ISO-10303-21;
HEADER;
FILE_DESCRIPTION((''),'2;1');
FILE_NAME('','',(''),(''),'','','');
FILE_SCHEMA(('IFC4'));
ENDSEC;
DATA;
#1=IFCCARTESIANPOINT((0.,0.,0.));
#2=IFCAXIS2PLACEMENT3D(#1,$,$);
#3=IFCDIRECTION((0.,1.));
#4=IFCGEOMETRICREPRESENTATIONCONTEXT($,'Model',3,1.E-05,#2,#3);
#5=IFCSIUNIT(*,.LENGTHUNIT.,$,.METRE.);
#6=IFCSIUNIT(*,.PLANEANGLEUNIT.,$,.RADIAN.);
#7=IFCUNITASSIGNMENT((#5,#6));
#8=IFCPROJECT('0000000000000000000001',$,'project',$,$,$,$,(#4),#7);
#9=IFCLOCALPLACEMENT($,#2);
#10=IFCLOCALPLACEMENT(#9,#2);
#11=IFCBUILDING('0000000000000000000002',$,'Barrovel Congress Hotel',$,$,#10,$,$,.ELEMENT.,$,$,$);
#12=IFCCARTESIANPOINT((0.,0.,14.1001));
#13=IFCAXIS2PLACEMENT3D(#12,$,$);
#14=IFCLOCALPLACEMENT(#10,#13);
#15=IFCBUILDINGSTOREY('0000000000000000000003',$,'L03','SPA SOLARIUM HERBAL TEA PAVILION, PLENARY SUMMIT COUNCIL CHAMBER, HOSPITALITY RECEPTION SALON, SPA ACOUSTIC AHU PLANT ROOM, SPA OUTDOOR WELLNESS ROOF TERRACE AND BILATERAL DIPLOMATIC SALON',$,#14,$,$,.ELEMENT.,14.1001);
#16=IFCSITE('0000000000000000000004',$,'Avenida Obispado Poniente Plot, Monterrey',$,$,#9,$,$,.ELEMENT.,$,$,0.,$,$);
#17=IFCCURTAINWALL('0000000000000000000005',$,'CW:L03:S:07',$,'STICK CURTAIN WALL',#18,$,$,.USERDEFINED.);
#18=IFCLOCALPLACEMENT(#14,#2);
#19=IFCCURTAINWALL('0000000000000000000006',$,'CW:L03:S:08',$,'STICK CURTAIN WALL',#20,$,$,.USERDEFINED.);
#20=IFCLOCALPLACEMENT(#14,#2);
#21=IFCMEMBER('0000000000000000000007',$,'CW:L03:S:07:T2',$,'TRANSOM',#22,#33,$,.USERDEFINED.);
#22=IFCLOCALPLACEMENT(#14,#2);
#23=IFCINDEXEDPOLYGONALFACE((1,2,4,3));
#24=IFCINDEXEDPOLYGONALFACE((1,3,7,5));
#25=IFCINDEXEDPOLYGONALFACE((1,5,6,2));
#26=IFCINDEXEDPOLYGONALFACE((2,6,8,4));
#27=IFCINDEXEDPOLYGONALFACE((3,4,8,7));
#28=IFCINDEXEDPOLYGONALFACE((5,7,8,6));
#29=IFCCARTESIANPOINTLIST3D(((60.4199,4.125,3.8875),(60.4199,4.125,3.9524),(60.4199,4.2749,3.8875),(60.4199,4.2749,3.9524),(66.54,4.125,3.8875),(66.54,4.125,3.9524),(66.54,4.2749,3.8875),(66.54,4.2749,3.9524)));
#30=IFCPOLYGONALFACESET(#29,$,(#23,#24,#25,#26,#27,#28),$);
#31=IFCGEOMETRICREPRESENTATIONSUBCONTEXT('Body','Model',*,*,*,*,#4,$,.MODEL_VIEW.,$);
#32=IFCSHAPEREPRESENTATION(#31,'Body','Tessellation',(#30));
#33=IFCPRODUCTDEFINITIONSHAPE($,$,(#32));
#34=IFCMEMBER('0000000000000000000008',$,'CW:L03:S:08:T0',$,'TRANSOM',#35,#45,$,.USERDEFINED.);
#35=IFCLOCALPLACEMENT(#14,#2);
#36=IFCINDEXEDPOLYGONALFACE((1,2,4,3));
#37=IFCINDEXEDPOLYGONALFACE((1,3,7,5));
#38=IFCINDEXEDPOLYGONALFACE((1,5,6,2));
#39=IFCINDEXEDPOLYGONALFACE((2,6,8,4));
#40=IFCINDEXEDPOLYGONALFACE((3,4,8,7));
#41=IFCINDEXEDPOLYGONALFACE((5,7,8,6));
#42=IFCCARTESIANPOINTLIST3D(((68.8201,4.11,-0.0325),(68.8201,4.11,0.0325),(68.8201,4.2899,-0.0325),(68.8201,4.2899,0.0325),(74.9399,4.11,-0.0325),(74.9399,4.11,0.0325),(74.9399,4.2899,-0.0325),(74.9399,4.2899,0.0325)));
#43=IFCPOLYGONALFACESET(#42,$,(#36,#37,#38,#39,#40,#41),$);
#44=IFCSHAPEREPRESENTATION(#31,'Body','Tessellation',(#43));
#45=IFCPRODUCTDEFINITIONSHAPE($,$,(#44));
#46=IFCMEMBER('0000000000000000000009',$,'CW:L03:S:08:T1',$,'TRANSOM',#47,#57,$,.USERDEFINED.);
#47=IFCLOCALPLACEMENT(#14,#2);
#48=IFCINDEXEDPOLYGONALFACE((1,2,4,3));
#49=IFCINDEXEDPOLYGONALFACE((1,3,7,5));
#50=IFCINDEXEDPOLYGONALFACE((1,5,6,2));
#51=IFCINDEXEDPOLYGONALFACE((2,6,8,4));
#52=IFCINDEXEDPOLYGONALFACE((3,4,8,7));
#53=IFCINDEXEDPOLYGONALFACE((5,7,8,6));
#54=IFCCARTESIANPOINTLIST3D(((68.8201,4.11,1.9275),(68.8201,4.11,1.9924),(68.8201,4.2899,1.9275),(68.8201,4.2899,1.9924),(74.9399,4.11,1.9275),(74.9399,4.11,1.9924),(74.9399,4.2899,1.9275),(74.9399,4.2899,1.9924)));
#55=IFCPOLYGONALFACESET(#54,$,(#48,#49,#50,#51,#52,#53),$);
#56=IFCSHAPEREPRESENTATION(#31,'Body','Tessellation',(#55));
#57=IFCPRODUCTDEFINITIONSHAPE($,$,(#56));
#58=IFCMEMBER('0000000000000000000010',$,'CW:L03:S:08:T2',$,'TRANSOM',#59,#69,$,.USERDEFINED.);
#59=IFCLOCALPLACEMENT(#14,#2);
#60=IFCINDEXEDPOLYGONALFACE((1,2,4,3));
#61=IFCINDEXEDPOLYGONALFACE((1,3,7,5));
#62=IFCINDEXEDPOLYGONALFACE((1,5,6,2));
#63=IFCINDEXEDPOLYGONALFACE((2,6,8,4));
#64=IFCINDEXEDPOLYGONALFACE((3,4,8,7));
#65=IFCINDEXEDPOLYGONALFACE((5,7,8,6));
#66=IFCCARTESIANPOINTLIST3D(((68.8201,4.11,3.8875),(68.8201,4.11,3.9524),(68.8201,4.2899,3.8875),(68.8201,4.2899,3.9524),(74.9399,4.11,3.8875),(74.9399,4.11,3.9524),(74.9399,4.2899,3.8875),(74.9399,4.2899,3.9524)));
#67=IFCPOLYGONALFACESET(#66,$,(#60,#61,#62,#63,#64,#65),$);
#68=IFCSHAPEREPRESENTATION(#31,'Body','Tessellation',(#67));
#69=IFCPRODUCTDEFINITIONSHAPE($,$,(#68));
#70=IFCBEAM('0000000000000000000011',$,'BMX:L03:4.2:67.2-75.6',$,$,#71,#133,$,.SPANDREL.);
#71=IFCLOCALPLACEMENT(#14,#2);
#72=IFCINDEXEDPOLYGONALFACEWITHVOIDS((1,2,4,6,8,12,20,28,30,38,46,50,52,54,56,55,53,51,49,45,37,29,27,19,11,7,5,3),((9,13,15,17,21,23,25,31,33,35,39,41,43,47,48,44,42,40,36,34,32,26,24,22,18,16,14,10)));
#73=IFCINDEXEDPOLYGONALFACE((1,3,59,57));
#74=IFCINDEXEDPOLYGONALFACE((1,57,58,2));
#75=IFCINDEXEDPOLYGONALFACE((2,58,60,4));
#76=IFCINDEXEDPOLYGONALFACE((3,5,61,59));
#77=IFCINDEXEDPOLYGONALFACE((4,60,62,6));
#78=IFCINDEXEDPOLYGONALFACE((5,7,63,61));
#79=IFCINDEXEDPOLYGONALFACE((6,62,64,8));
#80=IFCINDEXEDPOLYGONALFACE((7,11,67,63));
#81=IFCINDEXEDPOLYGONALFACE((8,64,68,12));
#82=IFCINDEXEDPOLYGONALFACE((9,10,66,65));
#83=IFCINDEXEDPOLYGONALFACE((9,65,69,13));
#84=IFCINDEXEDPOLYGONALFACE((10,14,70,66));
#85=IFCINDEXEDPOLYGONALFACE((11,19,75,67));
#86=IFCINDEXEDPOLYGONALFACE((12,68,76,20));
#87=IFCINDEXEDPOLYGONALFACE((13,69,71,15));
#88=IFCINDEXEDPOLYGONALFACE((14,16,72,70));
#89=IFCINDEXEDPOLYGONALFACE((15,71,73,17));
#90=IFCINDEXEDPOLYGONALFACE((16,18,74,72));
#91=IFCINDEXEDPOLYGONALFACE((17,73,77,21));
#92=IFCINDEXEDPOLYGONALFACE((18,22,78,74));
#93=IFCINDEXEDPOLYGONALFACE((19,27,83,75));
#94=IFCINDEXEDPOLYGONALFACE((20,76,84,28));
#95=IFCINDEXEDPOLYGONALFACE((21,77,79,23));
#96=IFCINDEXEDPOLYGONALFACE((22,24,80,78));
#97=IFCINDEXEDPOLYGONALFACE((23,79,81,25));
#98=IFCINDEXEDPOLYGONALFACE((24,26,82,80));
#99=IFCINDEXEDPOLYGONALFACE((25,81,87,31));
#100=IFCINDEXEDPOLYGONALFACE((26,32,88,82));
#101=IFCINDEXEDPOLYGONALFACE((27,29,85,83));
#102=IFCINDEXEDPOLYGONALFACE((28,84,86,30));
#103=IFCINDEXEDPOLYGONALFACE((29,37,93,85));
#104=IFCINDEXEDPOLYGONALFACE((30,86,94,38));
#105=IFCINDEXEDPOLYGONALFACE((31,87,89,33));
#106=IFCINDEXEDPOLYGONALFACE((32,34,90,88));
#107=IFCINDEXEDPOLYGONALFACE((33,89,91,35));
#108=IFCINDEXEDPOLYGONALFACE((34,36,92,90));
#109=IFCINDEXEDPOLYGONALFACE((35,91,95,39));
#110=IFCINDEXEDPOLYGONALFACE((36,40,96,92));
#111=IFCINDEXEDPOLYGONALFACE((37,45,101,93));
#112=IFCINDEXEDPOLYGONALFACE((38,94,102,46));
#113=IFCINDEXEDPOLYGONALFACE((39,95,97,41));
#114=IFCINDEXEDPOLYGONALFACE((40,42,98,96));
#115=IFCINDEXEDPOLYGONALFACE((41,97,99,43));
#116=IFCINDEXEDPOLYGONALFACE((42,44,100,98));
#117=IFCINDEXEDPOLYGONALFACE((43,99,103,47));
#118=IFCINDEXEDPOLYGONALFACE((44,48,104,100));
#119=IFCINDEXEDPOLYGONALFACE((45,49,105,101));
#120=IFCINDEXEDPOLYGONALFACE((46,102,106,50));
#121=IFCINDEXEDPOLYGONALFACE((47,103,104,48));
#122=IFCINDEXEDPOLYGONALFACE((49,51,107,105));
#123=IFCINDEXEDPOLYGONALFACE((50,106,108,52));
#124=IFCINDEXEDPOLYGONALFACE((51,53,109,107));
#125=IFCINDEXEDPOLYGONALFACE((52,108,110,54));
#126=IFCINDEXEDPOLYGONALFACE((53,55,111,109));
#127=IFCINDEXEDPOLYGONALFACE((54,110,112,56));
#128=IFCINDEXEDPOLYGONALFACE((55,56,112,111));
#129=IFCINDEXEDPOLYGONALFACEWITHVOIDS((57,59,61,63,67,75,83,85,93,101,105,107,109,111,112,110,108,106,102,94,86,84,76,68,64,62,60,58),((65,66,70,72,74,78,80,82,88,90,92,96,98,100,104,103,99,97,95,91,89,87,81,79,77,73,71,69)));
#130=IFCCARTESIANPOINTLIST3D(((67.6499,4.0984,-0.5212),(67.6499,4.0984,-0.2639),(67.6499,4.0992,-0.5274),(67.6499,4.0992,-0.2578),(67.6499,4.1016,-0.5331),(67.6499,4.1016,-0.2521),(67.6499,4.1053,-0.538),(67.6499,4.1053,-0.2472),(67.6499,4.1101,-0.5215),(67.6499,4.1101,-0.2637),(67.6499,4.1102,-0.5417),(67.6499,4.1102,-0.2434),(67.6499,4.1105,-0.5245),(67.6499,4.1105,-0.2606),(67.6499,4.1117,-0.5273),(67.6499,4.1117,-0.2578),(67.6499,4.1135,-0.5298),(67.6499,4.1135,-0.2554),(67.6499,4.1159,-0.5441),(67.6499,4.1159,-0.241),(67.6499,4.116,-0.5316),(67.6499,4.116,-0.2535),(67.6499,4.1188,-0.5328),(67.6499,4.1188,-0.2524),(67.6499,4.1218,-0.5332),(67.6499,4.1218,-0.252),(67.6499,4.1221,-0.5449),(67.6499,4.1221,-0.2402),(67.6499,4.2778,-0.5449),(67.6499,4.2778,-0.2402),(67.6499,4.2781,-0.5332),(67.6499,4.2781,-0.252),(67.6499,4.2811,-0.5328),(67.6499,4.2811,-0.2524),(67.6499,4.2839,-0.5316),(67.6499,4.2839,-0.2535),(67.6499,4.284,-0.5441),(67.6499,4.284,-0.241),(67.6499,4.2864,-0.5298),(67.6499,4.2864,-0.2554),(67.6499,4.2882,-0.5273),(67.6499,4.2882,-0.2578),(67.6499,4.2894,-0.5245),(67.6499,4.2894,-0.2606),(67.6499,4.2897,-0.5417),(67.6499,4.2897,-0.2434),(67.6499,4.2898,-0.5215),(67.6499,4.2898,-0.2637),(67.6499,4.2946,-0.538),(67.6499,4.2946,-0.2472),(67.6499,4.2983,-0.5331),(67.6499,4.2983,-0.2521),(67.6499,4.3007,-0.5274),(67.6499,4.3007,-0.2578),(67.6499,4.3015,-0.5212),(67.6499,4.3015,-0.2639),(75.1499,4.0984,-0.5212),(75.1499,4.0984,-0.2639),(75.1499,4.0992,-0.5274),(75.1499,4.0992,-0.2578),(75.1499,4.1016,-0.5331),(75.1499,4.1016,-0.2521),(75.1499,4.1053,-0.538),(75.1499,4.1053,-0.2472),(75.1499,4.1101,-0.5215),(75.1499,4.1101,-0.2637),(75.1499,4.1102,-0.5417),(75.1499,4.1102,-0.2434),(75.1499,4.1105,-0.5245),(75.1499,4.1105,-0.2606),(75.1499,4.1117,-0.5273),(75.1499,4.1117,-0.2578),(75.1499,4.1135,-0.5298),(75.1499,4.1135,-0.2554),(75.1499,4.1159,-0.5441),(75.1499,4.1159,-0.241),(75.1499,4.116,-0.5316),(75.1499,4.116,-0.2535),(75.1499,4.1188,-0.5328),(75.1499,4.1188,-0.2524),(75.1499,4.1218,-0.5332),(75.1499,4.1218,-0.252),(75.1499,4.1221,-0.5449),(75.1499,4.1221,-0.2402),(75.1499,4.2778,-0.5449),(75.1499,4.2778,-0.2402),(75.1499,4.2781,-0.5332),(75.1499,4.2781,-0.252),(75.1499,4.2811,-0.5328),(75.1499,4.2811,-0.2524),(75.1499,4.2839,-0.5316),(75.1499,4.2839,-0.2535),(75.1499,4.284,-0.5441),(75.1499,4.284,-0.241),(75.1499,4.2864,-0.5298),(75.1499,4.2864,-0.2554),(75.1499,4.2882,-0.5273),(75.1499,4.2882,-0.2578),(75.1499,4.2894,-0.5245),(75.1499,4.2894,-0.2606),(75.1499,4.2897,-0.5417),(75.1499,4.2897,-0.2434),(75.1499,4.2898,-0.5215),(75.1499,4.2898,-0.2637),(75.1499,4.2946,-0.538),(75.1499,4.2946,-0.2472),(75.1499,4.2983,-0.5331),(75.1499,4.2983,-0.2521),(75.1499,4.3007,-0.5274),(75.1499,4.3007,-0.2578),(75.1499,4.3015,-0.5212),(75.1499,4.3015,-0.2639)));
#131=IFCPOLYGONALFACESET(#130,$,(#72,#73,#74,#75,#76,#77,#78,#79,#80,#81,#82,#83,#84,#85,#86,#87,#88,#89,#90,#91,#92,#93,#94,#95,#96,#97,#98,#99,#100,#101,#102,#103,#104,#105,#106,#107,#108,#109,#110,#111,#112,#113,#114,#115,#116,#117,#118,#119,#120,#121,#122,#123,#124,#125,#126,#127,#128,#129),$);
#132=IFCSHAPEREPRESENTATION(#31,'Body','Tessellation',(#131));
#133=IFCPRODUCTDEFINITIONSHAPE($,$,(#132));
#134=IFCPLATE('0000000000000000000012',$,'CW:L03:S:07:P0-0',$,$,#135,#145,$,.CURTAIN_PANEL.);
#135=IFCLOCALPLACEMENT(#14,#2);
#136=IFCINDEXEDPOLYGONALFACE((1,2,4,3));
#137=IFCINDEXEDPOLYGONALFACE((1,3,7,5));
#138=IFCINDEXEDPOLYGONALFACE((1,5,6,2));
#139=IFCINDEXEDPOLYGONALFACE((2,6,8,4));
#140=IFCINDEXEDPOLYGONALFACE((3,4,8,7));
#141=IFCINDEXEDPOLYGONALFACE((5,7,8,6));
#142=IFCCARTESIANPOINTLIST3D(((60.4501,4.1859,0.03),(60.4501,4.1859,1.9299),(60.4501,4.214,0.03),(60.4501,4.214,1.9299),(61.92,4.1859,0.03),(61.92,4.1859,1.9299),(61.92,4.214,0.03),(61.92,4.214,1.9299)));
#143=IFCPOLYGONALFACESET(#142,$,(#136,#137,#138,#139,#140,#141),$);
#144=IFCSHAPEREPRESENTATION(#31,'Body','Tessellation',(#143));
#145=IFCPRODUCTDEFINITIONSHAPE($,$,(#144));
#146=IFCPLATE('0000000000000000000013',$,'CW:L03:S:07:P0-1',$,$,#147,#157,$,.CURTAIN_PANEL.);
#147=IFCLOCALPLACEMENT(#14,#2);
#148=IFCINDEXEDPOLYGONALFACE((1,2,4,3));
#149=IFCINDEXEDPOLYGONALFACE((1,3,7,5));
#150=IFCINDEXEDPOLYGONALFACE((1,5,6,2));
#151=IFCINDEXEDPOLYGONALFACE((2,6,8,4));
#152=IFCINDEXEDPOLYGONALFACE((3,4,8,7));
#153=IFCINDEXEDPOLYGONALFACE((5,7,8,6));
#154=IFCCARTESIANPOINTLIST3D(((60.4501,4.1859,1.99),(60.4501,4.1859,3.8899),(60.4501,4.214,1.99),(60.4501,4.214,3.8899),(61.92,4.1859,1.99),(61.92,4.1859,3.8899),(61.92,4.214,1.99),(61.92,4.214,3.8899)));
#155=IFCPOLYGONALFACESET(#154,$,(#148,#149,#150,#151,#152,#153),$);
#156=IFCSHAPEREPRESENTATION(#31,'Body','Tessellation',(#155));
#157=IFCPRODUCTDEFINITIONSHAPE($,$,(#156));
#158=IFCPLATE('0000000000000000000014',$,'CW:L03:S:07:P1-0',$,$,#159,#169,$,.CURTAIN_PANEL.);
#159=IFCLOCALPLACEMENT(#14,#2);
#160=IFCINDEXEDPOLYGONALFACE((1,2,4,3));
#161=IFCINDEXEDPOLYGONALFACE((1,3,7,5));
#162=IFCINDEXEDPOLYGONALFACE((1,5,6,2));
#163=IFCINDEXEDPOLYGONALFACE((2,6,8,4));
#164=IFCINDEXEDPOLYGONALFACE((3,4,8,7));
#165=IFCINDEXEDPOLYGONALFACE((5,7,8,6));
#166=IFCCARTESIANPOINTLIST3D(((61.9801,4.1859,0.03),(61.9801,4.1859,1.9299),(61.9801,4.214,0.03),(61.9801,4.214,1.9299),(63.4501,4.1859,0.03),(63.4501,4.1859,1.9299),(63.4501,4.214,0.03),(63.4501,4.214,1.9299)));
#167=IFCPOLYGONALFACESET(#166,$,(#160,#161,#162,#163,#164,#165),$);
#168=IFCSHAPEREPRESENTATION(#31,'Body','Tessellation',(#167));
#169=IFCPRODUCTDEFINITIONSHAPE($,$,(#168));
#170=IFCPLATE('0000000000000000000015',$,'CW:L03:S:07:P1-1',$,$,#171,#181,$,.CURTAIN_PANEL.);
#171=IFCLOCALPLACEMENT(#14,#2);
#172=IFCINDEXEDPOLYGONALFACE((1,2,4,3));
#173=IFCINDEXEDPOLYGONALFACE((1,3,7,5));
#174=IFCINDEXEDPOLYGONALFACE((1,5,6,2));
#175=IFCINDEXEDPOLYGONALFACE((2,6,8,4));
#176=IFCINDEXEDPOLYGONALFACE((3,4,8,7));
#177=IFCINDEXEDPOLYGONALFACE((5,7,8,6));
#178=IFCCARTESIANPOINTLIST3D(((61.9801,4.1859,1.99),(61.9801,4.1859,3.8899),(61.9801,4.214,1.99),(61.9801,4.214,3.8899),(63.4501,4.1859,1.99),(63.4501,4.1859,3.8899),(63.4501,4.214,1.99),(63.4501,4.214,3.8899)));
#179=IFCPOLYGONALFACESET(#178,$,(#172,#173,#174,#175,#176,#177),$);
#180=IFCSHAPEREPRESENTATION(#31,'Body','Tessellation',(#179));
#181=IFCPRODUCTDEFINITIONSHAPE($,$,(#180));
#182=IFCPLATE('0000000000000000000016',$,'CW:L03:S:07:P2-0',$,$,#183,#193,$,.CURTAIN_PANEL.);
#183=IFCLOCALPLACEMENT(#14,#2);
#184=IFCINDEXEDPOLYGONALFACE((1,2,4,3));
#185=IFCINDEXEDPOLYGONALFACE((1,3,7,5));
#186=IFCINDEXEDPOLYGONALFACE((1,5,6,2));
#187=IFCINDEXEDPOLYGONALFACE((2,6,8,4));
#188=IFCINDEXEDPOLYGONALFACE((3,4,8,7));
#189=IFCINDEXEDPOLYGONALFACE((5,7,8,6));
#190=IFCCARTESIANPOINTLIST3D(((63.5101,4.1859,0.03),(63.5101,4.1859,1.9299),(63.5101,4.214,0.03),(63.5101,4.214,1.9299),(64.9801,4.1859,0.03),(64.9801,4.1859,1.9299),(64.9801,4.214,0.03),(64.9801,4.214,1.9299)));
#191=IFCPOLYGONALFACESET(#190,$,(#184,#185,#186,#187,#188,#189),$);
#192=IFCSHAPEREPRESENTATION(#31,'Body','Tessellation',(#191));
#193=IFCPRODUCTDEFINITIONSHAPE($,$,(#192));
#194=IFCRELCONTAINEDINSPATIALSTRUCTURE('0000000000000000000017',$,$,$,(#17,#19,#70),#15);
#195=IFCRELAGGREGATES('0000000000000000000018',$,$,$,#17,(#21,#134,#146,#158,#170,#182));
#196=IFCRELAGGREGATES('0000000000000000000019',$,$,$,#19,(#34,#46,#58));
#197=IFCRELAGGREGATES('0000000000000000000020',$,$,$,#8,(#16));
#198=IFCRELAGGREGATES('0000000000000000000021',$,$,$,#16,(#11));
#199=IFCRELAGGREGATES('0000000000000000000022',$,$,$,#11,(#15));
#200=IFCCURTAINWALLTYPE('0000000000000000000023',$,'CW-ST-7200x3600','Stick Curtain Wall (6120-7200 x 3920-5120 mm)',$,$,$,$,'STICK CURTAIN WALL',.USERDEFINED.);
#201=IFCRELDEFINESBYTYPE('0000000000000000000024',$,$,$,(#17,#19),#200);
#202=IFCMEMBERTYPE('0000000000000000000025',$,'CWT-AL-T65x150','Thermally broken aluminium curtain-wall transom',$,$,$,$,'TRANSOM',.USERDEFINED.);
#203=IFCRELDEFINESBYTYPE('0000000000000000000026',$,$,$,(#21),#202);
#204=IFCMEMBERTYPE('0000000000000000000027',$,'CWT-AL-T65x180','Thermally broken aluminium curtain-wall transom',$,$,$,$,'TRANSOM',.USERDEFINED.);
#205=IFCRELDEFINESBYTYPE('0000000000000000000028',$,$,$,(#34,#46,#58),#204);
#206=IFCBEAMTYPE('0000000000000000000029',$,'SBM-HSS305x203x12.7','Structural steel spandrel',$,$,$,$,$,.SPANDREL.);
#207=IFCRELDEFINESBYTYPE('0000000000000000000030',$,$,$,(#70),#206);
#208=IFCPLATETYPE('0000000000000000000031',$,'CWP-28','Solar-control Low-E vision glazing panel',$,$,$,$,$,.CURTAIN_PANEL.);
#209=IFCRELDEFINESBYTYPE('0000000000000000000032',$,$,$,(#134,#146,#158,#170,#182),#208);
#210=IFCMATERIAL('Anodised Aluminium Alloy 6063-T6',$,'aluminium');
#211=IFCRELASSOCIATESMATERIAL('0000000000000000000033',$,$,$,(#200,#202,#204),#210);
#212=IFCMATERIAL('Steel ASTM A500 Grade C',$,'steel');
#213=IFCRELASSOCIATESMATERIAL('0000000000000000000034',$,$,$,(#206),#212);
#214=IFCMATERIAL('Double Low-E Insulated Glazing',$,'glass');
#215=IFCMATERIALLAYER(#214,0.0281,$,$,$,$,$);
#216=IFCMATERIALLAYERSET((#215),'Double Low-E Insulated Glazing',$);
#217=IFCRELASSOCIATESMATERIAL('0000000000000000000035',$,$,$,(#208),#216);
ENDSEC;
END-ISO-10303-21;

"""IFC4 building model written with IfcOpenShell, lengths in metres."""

from ifc_helpers import new_model, si_unit, direction, frame, origin, origin_2d, place, context, subcontext, project, spatial, rectangle, hollow_rectangle, extrude, material, layer, layer_set, material_profile, profile_set, type_object, element, aggregate, save


model = new_model("IFC4")

# Units and contexts
model_context = context("Model", 3, precision=1e-05, world=origin(), true_north=direction((0.0, 1.0)))
body_context = subcontext(model_context, "Body", "Model", "MODEL_VIEW")
ifc_project = project(units=[si_unit("LENGTHUNIT", "METRE"), si_unit("PLANEANGLEUNIT", "RADIAN")], contexts=[model_context])

# Site, building, storey
site_placement = place(None, origin())
site = spatial("IfcSite", under=ifc_project, at=site_placement, Name="Avenida Obispado Poniente Plot, Monterrey", CompositionType="ELEMENT", RefElevation=0.0)
building_placement = place(site_placement, origin())
building = spatial("IfcBuilding", under=site, at=building_placement, Name="Barrovel Congress Hotel", CompositionType="ELEMENT")
storey_placement = place(building_placement, frame((0.0, 0.0, 14.1001)))
storey = spatial("IfcBuildingStorey", under=building, at=storey_placement, Name="L03", Description="SPA SOLARIUM HERBAL TEA PAVILION, PLENARY SUMMIT COUNCIL CHAMBER, HOSPITALITY RECEPTION SALON, SPA ACOUSTIC AHU PLANT ROOM, SPA OUTDOOR WELLNESS ROOF TERRACE AND BILATERAL DIPLOMATIC SALON", CompositionType="ELEMENT", Elevation=14.1001)

# Curtain walls
ifc_material_1 = material(Name="Anodised Aluminium Alloy 6063-T6", Category="aluminium")
curtain_wall_type = type_object("IfcCurtainWallType", Name="CW-ST-7200x3600", Description="Stick Curtain Wall (6120-7200 x 3920-5120 mm)", ElementType="STICK CURTAIN WALL", PredefinedType="USERDEFINED", material=ifc_material_1)
curtain_wall_1_placement = place(storey_placement, origin())
curtain_wall_1 = element("IfcCurtainWall", 1, at=curtain_wall_1_placement, inside=storey, type_object=curtain_wall_type, Name="CW:L03:S:07", ObjectType="STICK CURTAIN WALL", PredefinedType="USERDEFINED")
curtain_wall_2_placement = place(storey_placement, origin())
curtain_wall_2 = element("IfcCurtainWall", 2, at=curtain_wall_2_placement, inside=storey, type_object=curtain_wall_type, Name="CW:L03:S:08", ObjectType="STICK CURTAIN WALL", PredefinedType="USERDEFINED")

# Members
ifc_material_profile_1 = material_profile(ifc_material_1, rectangle(XDim=0.1499, YDim=0.0649, at=origin_2d()), Name="AL-T65x150")
ifc_profile_set_1 = profile_set([ifc_material_profile_1], Name="Anodised Aluminium Alloy 6063-T6")
member_type_1 = type_object("IfcMemberType", Name="CWT-AL-T65x150", Description="Thermally broken aluminium curtain-wall transom", ElementType="TRANSOM", PredefinedType="USERDEFINED", material=ifc_profile_set_1)
member_1_placement = place(storey_placement, frame((60.4199, 4.2, 3.9199), z_axis=(1.0, 0.0, 0.0), x_axis=(0.0, 1.0, 0.0)))
member_1 = element("IfcMember", 3, at=member_1_placement, type_object=member_type_1, Name="CW:L03:S:07:T2", ObjectType="TRANSOM", PredefinedType="USERDEFINED", context=body_context, shape_type="SweptSolid", body=[
    extrude(rectangle(XDim=0.1499, YDim=0.0649, at=origin_2d()), origin(), (0.0, 0.0, 1.0), 6.1201),
])
ifc_material_profile_2 = material_profile(ifc_material_1, rectangle(XDim=0.1799, YDim=0.0649, at=origin_2d()), Name="AL-T65x180")
ifc_profile_set_2 = profile_set([ifc_material_profile_2], Name="Anodised Aluminium Alloy 6063-T6")
member_type_2 = type_object("IfcMemberType", Name="CWT-AL-T65x180", Description="Thermally broken aluminium curtain-wall transom", ElementType="TRANSOM", PredefinedType="USERDEFINED", material=ifc_profile_set_2)
member_2_placement = place(storey_placement, frame((68.8201, 4.2, 0.0), z_axis=(1.0, 0.0, 0.0), x_axis=(0.0, 1.0, 0.0)))
member_2 = element("IfcMember", 4, at=member_2_placement, type_object=member_type_2, Name="CW:L03:S:08:T0", ObjectType="TRANSOM", PredefinedType="USERDEFINED", context=body_context, shape_type="SweptSolid", body=[
    extrude(rectangle(XDim=0.1799, YDim=0.0649, at=origin_2d()), origin(), (0.0, 0.0, 1.0), 6.1199),
])
member_3_placement = place(storey_placement, frame((68.8201, 4.2, 1.96), z_axis=(1.0, 0.0, 0.0), x_axis=(0.0, 1.0, 0.0)))
member_3 = element("IfcMember", 5, at=member_3_placement, type_object=member_type_2, Name="CW:L03:S:08:T1", ObjectType="TRANSOM", PredefinedType="USERDEFINED", context=body_context, shape_type="SweptSolid", body=[
    extrude(rectangle(XDim=0.1799, YDim=0.0649, at=origin_2d()), origin(), (0.0, 0.0, 1.0), 6.1199),
])
member_4_placement = place(storey_placement, frame((68.8201, 4.2, 3.9199), z_axis=(1.0, 0.0, 0.0), x_axis=(0.0, 1.0, 0.0)))
member_4 = element("IfcMember", 6, at=member_4_placement, type_object=member_type_2, Name="CW:L03:S:08:T2", ObjectType="TRANSOM", PredefinedType="USERDEFINED", context=body_context, shape_type="SweptSolid", body=[
    extrude(rectangle(XDim=0.1799, YDim=0.0649, at=origin_2d()), origin(), (0.0, 0.0, 1.0), 6.1199),
])

# Beam
ifc_material_2 = material(Name="Steel ASTM A500 Grade C", Category="steel")
ifc_material_profile_3 = material_profile(ifc_material_2, hollow_rectangle(XDim=0.2031, YDim=0.3047, WallThickness=0.0117, InnerFilletRadius=0.0117, OuterFilletRadius=0.0237, at=origin_2d()), Name="HSS305x203x12.7")
ifc_profile_set_3 = profile_set([ifc_material_profile_3], Name="Steel ASTM A500 Grade C")
beam_type_1 = type_object("IfcBeamType", Name="SBM-HSS305x203x12.7", Description="Structural steel spandrel", PredefinedType="SPANDREL", material=ifc_profile_set_3)
beam_1_placement = place(storey_placement, frame((67.6499, 4.2, -0.3926), z_axis=(1.0, 0.0, 0.0), x_axis=(0.0, 1.0, 0.0)))
element("IfcBeam", 7, at=beam_1_placement, inside=storey, type_object=beam_type_1, Name="BMX:L03:4.2:67.2-75.6", PredefinedType="SPANDREL", context=body_context, shape_type="SweptSolid", body=[
    extrude(hollow_rectangle(XDim=0.2031, YDim=0.3047, WallThickness=0.0117, InnerFilletRadius=0.0117, OuterFilletRadius=0.0237, at=origin_2d()), origin(), (0.0, 0.0, 1.0), 7.5),
])

# Plates
ifc_material_3 = material(Name="Double Low-E Insulated Glazing", Category="glass")
ifc_layer_1 = layer(ifc_material_3, 0.0281)
ifc_layer_set_1 = layer_set([ifc_layer_1], Name="Double Low-E Insulated Glazing")
plate_type_1 = type_object("IfcPlateType", Name="CWP-28", Description="Solar-control Low-E vision glazing panel", PredefinedType="CURTAIN_PANEL", material=ifc_layer_set_1)
plate_1_placement = place(storey_placement, frame((61.1851, 4.2, 0.03), z_axis=(0.0, 0.0, 1.0), x_axis=(1.0, 0.0, 0.0)))
plate_1 = element("IfcPlate", 8, at=plate_1_placement, type_object=plate_type_1, Name="CW:L03:S:07:P0-0", PredefinedType="CURTAIN_PANEL", context=body_context, shape_type="SweptSolid", body=[
    extrude(rectangle(XDim=1.47, YDim=0.0281, at=origin_2d()), origin(), (0.0, 0.0, 1.0), 1.8999),
])
plate_2_placement = place(storey_placement, frame((61.1851, 4.2, 1.99), z_axis=(0.0, 0.0, 1.0), x_axis=(1.0, 0.0, 0.0)))
plate_2 = element("IfcPlate", 9, at=plate_2_placement, type_object=plate_type_1, Name="CW:L03:S:07:P0-1", PredefinedType="CURTAIN_PANEL", context=body_context, shape_type="SweptSolid", body=[
    extrude(rectangle(XDim=1.47, YDim=0.0281, at=origin_2d()), origin(), (0.0, 0.0, 1.0), 1.8999),
])
plate_3_placement = place(storey_placement, frame((62.7151, 4.2, 0.03), z_axis=(0.0, 0.0, 1.0), x_axis=(1.0, 0.0, 0.0)))
plate_3 = element("IfcPlate", 10, at=plate_3_placement, type_object=plate_type_1, Name="CW:L03:S:07:P1-0", PredefinedType="CURTAIN_PANEL", context=body_context, shape_type="SweptSolid", body=[
    extrude(rectangle(XDim=1.47, YDim=0.0281, at=origin_2d()), origin(), (0.0, 0.0, 1.0), 1.8999),
])
plate_4_placement = place(storey_placement, frame((62.7151, 4.2, 1.99), z_axis=(0.0, 0.0, 1.0), x_axis=(1.0, 0.0, 0.0)))
plate_4 = element("IfcPlate", 11, at=plate_4_placement, type_object=plate_type_1, Name="CW:L03:S:07:P1-1", PredefinedType="CURTAIN_PANEL", context=body_context, shape_type="SweptSolid", body=[
    extrude(rectangle(XDim=1.47, YDim=0.0281, at=origin_2d()), origin(), (0.0, 0.0, 1.0), 1.8999),
])
plate_5_placement = place(storey_placement, frame((64.2451, 4.2, 0.03), z_axis=(0.0, 0.0, 1.0), x_axis=(1.0, 0.0, 0.0)))
plate_5 = element("IfcPlate", 12, at=plate_5_placement, type_object=plate_type_1, Name="CW:L03:S:07:P2-0", PredefinedType="CURTAIN_PANEL", context=body_context, shape_type="SweptSolid", body=[
    extrude(rectangle(XDim=1.47, YDim=0.0281, at=origin_2d()), origin(), (0.0, 0.0, 1.0), 1.8999),
])
aggregate(curtain_wall_1, [member_1, plate_1, plate_2, plate_3, plate_4, plate_5])
aggregate(curtain_wall_2, [member_2, member_3, member_4])

save(model, "model.ifc")
